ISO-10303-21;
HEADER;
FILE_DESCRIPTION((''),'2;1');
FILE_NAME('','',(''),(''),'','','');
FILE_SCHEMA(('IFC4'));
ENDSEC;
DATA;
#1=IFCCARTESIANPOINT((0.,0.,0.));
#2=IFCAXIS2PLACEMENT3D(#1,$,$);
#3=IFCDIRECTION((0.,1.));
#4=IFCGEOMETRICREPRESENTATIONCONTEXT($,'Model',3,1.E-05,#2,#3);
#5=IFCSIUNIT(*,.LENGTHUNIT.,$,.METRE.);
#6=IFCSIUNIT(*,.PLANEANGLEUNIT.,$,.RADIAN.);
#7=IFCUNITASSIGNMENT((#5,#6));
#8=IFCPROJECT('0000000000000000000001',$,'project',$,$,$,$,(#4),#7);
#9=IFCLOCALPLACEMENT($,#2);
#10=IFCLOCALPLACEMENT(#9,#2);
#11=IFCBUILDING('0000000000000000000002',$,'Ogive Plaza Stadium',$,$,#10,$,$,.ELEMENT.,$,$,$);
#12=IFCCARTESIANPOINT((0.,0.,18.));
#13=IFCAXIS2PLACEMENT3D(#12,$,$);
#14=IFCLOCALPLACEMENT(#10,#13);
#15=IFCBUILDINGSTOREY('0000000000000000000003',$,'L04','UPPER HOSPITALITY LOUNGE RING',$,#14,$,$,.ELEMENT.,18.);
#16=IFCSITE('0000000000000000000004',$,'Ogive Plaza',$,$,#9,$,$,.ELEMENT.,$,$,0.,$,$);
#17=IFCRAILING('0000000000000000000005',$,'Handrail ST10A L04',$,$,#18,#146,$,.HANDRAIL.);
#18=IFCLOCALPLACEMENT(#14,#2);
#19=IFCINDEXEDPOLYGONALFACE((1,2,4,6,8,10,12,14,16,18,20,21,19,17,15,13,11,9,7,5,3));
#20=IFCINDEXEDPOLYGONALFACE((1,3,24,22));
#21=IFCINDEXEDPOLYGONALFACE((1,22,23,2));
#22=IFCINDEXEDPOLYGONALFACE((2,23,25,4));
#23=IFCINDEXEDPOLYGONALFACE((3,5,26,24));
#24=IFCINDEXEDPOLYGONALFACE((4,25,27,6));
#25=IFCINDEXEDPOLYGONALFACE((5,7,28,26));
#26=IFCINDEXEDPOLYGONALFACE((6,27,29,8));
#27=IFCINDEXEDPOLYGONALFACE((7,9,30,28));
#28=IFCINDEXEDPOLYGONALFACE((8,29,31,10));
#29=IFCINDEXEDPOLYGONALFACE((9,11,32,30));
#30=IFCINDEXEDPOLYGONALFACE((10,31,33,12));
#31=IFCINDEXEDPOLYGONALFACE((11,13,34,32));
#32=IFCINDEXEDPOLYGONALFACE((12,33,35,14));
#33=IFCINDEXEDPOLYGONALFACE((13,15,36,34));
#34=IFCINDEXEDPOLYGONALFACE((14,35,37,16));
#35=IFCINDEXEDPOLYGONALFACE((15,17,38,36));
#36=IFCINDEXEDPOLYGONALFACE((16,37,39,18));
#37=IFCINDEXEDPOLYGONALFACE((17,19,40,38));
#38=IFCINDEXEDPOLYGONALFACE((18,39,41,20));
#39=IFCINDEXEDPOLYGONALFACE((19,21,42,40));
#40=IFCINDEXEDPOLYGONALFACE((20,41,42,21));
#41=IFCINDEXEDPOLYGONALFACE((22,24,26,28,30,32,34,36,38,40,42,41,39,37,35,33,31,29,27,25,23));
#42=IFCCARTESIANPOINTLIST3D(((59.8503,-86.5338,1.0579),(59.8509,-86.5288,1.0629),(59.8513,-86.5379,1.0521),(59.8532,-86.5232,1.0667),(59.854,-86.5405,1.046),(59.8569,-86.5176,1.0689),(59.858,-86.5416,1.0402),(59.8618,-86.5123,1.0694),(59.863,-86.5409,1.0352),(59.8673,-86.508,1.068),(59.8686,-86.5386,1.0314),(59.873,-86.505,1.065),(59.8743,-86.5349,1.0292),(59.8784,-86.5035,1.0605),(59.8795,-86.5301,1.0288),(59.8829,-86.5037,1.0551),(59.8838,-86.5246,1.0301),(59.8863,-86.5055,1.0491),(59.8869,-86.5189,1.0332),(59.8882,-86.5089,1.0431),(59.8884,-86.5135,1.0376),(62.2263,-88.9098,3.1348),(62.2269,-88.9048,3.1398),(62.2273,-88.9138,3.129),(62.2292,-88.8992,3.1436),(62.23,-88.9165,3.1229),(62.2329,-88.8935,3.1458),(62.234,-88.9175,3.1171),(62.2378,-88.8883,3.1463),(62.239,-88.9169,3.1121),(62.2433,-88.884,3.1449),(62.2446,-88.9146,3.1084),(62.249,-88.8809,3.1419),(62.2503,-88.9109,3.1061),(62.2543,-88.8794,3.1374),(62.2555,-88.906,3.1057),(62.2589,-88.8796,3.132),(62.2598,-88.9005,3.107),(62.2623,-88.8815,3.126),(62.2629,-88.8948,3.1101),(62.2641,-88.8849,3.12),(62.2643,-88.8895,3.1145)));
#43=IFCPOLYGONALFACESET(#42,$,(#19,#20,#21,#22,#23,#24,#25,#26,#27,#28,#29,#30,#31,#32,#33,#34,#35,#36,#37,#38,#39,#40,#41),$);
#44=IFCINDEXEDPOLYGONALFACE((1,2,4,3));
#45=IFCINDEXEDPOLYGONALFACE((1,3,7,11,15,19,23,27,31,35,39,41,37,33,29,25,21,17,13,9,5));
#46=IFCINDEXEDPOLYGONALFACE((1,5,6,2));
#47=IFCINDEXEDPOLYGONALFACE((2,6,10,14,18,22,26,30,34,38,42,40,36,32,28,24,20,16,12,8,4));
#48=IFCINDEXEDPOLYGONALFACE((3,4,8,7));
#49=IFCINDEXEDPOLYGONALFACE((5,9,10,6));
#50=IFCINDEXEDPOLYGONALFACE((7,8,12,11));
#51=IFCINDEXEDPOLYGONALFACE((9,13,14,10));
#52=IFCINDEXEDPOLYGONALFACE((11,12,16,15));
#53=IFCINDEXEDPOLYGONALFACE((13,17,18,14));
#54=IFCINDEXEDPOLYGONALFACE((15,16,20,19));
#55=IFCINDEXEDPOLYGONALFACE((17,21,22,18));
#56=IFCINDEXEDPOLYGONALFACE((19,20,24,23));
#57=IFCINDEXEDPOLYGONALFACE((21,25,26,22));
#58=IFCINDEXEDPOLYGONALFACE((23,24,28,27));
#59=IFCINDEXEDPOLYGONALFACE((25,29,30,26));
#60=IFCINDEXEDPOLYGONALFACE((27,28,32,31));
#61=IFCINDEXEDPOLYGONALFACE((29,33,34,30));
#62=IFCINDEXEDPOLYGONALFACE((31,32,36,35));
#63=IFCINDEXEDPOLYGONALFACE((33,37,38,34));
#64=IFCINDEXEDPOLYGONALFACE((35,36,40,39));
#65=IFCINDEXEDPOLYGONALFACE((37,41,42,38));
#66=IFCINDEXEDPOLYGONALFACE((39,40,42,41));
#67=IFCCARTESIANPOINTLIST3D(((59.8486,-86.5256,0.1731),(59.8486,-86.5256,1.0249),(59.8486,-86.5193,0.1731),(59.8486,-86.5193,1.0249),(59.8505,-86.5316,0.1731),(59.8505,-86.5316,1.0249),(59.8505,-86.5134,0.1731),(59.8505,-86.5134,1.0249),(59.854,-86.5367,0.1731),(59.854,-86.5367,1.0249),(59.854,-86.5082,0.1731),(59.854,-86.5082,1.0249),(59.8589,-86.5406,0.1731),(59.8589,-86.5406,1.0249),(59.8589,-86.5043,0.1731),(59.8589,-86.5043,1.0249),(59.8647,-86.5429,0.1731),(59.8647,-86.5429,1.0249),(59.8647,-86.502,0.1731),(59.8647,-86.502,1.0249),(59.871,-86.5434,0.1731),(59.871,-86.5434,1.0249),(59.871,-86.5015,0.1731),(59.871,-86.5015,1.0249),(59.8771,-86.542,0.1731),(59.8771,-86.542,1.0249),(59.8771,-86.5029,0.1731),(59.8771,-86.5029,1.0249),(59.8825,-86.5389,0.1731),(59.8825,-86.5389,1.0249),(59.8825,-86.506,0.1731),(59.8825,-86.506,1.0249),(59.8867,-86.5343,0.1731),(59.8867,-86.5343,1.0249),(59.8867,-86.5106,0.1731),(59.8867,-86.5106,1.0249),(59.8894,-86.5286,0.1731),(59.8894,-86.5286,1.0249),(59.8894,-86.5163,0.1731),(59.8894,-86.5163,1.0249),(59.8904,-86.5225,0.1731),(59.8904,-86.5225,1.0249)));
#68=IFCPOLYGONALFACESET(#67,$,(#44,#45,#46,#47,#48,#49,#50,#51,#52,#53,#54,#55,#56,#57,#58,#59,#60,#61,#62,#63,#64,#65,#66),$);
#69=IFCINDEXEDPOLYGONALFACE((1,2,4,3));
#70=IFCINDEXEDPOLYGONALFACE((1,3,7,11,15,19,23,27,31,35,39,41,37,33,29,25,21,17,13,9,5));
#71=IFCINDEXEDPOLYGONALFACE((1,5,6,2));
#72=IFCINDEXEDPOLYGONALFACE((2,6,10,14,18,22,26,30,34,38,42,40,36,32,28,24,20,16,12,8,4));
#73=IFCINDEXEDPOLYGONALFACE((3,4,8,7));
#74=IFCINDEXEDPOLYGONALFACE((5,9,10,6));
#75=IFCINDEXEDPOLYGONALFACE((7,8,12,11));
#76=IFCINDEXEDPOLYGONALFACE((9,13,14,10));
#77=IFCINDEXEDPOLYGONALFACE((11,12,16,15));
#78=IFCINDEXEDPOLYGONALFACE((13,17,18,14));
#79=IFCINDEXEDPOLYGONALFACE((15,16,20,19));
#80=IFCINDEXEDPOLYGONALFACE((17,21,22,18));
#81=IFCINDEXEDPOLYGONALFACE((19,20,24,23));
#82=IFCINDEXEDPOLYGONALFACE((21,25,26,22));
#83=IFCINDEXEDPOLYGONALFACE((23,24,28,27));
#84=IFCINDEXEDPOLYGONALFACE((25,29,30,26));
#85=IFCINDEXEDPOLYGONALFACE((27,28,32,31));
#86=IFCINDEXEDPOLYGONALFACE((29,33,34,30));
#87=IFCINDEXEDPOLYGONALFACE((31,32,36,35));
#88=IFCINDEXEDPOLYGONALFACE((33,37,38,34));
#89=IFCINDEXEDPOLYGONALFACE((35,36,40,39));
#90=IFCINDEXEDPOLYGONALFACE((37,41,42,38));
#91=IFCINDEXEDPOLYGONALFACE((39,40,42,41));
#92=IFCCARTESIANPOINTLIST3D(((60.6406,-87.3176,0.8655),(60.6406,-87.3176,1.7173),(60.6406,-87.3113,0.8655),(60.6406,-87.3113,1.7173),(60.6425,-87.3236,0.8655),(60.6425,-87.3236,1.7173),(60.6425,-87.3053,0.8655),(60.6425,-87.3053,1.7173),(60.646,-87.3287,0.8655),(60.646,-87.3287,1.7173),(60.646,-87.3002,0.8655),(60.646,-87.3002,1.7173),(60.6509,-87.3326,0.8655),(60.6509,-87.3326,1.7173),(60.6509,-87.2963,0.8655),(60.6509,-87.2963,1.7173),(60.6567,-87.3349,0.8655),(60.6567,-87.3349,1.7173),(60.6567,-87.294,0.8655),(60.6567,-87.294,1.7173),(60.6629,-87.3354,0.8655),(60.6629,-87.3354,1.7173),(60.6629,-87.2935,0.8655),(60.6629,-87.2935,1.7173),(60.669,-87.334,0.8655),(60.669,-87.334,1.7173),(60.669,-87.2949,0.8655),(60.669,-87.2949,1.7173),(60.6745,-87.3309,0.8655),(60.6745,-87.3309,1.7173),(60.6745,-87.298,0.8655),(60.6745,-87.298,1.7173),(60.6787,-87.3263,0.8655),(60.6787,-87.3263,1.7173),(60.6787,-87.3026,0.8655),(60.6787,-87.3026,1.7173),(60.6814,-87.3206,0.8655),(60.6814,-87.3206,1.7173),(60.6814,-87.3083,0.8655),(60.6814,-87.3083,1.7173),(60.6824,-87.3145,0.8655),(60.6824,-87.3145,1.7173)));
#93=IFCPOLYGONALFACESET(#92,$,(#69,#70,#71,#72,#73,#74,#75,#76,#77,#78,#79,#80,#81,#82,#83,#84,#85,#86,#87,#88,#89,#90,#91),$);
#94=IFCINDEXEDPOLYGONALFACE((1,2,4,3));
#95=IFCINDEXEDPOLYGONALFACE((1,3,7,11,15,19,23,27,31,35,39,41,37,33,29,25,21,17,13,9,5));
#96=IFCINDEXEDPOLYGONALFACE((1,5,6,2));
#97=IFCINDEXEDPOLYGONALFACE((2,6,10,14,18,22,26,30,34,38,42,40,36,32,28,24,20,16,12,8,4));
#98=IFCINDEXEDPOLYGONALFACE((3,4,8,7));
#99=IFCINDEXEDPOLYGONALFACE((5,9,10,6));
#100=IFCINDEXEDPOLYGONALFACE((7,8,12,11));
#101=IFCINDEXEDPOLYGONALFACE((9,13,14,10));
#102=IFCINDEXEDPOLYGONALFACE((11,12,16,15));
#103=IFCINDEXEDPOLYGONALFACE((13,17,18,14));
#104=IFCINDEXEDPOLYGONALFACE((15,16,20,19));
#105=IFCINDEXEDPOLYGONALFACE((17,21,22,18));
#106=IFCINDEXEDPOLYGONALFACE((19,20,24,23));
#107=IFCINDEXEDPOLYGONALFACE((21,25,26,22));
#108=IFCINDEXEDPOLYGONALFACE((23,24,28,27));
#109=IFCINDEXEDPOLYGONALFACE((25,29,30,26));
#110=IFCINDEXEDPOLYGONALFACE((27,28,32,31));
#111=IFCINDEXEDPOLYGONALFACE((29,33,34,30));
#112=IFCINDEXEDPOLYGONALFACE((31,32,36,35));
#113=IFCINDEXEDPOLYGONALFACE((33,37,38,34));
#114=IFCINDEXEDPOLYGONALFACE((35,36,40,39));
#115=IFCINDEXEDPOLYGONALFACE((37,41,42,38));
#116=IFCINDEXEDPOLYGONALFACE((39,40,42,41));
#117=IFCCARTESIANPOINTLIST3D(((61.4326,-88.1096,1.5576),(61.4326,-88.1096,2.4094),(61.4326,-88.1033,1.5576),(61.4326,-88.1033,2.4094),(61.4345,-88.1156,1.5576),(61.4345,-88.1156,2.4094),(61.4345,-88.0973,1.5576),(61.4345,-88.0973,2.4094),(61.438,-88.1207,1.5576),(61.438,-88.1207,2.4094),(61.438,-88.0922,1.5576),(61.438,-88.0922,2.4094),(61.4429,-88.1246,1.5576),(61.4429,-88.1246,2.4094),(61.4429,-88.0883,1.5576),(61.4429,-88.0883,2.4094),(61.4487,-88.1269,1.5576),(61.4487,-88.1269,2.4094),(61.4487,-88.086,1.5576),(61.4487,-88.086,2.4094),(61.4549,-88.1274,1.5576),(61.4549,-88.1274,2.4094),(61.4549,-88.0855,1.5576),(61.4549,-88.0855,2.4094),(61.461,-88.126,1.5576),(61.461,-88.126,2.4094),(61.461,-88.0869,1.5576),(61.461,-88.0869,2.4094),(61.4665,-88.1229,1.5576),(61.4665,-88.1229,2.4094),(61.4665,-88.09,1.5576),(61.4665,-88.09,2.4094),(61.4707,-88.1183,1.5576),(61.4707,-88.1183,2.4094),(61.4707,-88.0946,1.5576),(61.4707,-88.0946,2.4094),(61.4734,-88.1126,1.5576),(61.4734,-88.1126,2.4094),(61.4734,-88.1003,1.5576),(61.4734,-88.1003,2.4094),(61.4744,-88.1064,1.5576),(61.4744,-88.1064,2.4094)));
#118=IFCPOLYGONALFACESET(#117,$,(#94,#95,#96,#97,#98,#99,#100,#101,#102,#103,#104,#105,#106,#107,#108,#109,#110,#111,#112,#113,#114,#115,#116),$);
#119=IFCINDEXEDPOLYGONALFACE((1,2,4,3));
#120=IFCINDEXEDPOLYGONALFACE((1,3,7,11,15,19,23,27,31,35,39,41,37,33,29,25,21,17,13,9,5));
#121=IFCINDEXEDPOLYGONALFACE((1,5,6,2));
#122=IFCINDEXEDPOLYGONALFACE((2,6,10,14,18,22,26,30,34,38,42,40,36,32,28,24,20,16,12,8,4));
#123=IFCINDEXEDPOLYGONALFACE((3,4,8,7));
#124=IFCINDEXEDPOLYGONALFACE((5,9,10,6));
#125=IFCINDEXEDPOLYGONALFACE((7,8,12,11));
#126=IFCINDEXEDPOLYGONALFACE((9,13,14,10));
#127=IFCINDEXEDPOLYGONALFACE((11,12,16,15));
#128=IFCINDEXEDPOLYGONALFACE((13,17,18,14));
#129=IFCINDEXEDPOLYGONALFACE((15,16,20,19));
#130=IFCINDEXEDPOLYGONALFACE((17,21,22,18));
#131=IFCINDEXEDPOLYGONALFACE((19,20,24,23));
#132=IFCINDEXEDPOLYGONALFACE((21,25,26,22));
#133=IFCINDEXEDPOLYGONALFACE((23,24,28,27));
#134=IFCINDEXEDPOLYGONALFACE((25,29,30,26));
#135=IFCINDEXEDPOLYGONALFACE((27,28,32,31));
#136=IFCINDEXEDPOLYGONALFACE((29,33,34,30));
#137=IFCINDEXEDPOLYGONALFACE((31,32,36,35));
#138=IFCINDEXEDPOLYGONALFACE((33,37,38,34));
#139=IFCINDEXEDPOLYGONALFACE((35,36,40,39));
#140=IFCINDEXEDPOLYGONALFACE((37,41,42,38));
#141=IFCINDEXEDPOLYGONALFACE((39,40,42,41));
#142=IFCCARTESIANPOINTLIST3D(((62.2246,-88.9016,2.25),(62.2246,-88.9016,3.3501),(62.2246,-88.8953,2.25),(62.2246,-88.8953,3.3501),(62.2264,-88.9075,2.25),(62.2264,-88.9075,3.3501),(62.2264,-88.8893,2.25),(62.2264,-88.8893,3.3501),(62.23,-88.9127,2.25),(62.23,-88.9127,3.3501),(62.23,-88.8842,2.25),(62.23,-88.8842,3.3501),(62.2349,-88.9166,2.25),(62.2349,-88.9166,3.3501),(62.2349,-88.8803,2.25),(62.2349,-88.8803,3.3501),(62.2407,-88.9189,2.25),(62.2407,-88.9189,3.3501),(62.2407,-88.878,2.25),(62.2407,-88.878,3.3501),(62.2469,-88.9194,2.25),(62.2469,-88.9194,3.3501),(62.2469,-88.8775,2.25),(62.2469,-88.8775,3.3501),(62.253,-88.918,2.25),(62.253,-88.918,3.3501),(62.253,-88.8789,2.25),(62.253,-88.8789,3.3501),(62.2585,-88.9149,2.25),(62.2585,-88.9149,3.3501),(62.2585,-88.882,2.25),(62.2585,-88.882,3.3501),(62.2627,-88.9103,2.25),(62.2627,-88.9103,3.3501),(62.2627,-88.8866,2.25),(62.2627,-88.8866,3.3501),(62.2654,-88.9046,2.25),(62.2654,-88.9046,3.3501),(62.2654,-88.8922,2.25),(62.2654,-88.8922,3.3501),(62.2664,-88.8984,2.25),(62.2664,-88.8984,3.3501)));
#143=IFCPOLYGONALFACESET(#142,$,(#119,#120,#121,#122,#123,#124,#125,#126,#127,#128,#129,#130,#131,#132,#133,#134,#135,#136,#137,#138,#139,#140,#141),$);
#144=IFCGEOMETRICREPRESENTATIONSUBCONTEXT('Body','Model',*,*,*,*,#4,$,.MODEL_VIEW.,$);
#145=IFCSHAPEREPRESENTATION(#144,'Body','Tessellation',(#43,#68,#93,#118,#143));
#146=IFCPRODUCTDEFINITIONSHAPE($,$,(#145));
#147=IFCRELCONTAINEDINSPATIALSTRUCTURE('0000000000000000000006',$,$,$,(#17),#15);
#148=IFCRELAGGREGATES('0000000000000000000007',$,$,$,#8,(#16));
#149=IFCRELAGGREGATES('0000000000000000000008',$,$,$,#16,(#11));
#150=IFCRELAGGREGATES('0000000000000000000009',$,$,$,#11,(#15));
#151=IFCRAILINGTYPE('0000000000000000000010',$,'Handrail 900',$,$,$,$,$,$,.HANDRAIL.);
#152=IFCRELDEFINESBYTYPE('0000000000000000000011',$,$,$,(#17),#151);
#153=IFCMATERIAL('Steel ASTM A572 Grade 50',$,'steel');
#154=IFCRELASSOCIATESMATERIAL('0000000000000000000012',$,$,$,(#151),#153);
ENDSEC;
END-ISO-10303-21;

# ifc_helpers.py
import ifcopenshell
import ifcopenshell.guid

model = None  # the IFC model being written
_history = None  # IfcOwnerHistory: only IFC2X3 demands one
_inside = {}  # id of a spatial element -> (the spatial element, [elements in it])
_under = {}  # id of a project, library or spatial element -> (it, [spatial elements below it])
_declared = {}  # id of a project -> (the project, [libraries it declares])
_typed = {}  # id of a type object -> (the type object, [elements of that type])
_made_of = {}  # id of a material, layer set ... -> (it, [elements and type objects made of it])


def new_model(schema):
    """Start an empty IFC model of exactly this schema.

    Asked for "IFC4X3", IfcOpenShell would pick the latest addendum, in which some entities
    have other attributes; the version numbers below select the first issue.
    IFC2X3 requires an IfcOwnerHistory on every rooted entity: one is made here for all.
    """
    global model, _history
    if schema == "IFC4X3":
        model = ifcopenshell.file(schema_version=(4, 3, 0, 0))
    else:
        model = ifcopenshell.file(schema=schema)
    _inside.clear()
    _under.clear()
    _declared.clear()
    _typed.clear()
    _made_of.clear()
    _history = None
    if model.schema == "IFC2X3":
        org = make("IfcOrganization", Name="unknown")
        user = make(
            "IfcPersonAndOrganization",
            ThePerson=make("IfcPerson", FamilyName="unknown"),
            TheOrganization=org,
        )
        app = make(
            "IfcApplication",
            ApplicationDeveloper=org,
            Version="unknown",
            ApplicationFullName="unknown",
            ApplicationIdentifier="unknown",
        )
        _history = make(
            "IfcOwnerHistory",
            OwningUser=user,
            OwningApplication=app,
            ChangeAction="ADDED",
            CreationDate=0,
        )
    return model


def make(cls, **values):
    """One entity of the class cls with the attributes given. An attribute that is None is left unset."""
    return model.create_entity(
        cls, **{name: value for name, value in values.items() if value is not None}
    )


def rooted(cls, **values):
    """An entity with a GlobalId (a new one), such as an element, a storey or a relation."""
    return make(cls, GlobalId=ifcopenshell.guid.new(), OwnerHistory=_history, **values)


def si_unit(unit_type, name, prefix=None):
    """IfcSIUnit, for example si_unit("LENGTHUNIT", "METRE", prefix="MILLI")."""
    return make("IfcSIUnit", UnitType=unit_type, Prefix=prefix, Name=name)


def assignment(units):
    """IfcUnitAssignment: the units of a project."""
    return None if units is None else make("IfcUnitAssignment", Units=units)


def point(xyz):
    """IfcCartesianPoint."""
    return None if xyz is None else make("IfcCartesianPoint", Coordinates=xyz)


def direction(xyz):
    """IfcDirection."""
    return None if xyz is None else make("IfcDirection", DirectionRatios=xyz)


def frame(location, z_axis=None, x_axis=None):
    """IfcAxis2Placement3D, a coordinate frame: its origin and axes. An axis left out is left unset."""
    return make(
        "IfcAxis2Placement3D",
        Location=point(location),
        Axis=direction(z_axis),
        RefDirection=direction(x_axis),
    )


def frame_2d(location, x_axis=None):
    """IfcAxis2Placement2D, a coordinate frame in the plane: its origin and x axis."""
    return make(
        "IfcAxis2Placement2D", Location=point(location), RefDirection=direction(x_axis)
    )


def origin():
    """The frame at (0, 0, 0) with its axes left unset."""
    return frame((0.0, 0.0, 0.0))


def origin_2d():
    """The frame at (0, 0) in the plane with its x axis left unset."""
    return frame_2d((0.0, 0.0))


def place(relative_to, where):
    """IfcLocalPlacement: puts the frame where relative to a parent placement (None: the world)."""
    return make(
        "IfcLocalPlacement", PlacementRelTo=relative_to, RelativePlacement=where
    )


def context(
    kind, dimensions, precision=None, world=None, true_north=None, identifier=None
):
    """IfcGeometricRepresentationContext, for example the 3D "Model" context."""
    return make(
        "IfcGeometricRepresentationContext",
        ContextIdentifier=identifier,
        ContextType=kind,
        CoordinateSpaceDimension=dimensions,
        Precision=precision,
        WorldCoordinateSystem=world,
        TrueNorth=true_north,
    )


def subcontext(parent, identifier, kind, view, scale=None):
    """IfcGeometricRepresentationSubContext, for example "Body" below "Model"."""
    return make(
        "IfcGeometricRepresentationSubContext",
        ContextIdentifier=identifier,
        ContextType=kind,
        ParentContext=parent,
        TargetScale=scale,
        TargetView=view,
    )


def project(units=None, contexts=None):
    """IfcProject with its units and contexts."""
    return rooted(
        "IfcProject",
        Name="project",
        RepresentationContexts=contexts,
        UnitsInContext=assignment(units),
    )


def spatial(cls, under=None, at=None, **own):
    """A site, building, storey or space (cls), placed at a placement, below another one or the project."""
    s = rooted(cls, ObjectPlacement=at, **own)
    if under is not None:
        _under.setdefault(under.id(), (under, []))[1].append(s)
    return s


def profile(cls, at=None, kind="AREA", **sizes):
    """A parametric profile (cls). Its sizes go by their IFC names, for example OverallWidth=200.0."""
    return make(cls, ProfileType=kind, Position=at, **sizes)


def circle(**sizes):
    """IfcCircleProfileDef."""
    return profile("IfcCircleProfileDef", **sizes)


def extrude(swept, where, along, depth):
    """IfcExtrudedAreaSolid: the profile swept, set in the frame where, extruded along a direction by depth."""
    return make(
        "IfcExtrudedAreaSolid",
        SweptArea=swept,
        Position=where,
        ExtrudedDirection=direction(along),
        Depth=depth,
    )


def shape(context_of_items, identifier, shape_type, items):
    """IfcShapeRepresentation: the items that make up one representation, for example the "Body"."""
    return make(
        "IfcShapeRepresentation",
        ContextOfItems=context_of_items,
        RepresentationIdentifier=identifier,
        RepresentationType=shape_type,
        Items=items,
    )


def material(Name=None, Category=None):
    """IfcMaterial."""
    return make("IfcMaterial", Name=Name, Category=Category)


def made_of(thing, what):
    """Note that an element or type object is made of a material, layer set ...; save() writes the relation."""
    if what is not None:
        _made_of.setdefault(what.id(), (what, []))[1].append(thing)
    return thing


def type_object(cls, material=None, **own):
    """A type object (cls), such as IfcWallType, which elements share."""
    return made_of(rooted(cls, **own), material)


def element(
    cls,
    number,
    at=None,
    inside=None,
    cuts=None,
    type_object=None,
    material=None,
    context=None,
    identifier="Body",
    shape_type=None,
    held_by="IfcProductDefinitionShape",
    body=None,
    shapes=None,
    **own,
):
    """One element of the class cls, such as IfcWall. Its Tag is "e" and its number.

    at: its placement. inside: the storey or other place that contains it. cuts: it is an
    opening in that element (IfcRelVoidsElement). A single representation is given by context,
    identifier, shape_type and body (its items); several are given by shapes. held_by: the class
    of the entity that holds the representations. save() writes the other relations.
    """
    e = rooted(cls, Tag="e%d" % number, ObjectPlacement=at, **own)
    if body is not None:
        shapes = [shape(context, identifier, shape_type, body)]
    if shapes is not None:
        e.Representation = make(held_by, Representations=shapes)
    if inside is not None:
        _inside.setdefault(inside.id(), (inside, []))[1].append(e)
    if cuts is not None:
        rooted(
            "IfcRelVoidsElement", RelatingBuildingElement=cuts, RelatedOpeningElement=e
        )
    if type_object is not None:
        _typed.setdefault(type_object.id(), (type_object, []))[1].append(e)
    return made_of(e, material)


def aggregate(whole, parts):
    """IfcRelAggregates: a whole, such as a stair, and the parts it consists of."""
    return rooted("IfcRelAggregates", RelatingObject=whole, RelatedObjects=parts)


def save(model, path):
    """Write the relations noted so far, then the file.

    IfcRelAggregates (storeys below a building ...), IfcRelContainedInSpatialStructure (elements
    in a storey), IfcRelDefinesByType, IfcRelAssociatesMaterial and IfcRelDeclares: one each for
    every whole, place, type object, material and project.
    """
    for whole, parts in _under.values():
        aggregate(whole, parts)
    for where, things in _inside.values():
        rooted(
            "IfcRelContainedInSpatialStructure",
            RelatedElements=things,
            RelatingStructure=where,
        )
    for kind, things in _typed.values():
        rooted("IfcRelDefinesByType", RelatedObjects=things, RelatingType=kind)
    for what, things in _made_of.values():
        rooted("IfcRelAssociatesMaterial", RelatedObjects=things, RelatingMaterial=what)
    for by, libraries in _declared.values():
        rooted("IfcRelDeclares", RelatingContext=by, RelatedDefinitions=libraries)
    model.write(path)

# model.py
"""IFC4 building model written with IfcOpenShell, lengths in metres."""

from ifc_helpers import new_model, si_unit, direction, frame, origin, origin_2d, place, context, subcontext, project, spatial, circle, extrude, material, type_object, element, save


model = new_model("IFC4")

# Units and contexts
model_context = context("Model", 3, precision=1e-05, world=origin(), true_north=direction((0.0, 1.0)))
body_context = subcontext(model_context, "Body", "Model", "MODEL_VIEW")
ifc_project = project(units=[si_unit("LENGTHUNIT", "METRE"), si_unit("PLANEANGLEUNIT", "RADIAN")], contexts=[model_context])

# Site, building, storey
site_placement = place(None, origin())
site = spatial("IfcSite", under=ifc_project, at=site_placement, Name="Ogive Plaza", CompositionType="ELEMENT", RefElevation=0.0)
building_placement = place(site_placement, origin())
building = spatial("IfcBuilding", under=site, at=building_placement, Name="Ogive Plaza Stadium", CompositionType="ELEMENT")
storey_placement = place(building_placement, frame((0.0, 0.0, 18.0)))
storey = spatial("IfcBuildingStorey", under=building, at=storey_placement, Name="L04", Description="UPPER HOSPITALITY LOUNGE RING", CompositionType="ELEMENT", Elevation=18.0)

# Railing
ifc_material_1 = material(Name="Steel ASTM A572 Grade 50", Category="steel")
railing_type_1 = type_object("IfcRailingType", Name="Handrail 900", PredefinedType="HANDRAIL", material=ifc_material_1)
railing_1_placement = place(storey_placement, frame((59.8694, -86.5225, 0.1731)))
element("IfcRailing", 1, at=railing_1_placement, inside=storey, type_object=railing_type_1, Name="Handrail ST10A L04", PredefinedType="HANDRAIL", context=body_context, shape_type="SweptSolid", body=[
    extrude(circle(Radius=0.0239, at=origin_2d()), frame((0.0, 0.0, 0.876), z_axis=(0.601483, -0.601483, 0.525772), x_axis=(0.707107, 0.707107, 0.0)), (0.0, 0.0, 1.0), 3.9502),
    extrude(circle(Radius=0.021, at=origin_2d()), origin(), (0.0, 0.0, 1.0), 0.8518),
    extrude(circle(Radius=0.021, at=origin_2d()), frame((0.792, -0.792, 0.6924)), (0.0, 0.0, 1.0), 0.8518),
    extrude(circle(Radius=0.021, at=origin_2d()), frame((1.584, -1.584, 1.3845)), (0.0, 0.0, 1.0), 0.8518),
    extrude(circle(Radius=0.021, at=origin_2d()), frame((2.376, -2.376, 2.0769)), (0.0, 0.0, 1.0), 1.1001),
])

save(model, "model.ifc")
